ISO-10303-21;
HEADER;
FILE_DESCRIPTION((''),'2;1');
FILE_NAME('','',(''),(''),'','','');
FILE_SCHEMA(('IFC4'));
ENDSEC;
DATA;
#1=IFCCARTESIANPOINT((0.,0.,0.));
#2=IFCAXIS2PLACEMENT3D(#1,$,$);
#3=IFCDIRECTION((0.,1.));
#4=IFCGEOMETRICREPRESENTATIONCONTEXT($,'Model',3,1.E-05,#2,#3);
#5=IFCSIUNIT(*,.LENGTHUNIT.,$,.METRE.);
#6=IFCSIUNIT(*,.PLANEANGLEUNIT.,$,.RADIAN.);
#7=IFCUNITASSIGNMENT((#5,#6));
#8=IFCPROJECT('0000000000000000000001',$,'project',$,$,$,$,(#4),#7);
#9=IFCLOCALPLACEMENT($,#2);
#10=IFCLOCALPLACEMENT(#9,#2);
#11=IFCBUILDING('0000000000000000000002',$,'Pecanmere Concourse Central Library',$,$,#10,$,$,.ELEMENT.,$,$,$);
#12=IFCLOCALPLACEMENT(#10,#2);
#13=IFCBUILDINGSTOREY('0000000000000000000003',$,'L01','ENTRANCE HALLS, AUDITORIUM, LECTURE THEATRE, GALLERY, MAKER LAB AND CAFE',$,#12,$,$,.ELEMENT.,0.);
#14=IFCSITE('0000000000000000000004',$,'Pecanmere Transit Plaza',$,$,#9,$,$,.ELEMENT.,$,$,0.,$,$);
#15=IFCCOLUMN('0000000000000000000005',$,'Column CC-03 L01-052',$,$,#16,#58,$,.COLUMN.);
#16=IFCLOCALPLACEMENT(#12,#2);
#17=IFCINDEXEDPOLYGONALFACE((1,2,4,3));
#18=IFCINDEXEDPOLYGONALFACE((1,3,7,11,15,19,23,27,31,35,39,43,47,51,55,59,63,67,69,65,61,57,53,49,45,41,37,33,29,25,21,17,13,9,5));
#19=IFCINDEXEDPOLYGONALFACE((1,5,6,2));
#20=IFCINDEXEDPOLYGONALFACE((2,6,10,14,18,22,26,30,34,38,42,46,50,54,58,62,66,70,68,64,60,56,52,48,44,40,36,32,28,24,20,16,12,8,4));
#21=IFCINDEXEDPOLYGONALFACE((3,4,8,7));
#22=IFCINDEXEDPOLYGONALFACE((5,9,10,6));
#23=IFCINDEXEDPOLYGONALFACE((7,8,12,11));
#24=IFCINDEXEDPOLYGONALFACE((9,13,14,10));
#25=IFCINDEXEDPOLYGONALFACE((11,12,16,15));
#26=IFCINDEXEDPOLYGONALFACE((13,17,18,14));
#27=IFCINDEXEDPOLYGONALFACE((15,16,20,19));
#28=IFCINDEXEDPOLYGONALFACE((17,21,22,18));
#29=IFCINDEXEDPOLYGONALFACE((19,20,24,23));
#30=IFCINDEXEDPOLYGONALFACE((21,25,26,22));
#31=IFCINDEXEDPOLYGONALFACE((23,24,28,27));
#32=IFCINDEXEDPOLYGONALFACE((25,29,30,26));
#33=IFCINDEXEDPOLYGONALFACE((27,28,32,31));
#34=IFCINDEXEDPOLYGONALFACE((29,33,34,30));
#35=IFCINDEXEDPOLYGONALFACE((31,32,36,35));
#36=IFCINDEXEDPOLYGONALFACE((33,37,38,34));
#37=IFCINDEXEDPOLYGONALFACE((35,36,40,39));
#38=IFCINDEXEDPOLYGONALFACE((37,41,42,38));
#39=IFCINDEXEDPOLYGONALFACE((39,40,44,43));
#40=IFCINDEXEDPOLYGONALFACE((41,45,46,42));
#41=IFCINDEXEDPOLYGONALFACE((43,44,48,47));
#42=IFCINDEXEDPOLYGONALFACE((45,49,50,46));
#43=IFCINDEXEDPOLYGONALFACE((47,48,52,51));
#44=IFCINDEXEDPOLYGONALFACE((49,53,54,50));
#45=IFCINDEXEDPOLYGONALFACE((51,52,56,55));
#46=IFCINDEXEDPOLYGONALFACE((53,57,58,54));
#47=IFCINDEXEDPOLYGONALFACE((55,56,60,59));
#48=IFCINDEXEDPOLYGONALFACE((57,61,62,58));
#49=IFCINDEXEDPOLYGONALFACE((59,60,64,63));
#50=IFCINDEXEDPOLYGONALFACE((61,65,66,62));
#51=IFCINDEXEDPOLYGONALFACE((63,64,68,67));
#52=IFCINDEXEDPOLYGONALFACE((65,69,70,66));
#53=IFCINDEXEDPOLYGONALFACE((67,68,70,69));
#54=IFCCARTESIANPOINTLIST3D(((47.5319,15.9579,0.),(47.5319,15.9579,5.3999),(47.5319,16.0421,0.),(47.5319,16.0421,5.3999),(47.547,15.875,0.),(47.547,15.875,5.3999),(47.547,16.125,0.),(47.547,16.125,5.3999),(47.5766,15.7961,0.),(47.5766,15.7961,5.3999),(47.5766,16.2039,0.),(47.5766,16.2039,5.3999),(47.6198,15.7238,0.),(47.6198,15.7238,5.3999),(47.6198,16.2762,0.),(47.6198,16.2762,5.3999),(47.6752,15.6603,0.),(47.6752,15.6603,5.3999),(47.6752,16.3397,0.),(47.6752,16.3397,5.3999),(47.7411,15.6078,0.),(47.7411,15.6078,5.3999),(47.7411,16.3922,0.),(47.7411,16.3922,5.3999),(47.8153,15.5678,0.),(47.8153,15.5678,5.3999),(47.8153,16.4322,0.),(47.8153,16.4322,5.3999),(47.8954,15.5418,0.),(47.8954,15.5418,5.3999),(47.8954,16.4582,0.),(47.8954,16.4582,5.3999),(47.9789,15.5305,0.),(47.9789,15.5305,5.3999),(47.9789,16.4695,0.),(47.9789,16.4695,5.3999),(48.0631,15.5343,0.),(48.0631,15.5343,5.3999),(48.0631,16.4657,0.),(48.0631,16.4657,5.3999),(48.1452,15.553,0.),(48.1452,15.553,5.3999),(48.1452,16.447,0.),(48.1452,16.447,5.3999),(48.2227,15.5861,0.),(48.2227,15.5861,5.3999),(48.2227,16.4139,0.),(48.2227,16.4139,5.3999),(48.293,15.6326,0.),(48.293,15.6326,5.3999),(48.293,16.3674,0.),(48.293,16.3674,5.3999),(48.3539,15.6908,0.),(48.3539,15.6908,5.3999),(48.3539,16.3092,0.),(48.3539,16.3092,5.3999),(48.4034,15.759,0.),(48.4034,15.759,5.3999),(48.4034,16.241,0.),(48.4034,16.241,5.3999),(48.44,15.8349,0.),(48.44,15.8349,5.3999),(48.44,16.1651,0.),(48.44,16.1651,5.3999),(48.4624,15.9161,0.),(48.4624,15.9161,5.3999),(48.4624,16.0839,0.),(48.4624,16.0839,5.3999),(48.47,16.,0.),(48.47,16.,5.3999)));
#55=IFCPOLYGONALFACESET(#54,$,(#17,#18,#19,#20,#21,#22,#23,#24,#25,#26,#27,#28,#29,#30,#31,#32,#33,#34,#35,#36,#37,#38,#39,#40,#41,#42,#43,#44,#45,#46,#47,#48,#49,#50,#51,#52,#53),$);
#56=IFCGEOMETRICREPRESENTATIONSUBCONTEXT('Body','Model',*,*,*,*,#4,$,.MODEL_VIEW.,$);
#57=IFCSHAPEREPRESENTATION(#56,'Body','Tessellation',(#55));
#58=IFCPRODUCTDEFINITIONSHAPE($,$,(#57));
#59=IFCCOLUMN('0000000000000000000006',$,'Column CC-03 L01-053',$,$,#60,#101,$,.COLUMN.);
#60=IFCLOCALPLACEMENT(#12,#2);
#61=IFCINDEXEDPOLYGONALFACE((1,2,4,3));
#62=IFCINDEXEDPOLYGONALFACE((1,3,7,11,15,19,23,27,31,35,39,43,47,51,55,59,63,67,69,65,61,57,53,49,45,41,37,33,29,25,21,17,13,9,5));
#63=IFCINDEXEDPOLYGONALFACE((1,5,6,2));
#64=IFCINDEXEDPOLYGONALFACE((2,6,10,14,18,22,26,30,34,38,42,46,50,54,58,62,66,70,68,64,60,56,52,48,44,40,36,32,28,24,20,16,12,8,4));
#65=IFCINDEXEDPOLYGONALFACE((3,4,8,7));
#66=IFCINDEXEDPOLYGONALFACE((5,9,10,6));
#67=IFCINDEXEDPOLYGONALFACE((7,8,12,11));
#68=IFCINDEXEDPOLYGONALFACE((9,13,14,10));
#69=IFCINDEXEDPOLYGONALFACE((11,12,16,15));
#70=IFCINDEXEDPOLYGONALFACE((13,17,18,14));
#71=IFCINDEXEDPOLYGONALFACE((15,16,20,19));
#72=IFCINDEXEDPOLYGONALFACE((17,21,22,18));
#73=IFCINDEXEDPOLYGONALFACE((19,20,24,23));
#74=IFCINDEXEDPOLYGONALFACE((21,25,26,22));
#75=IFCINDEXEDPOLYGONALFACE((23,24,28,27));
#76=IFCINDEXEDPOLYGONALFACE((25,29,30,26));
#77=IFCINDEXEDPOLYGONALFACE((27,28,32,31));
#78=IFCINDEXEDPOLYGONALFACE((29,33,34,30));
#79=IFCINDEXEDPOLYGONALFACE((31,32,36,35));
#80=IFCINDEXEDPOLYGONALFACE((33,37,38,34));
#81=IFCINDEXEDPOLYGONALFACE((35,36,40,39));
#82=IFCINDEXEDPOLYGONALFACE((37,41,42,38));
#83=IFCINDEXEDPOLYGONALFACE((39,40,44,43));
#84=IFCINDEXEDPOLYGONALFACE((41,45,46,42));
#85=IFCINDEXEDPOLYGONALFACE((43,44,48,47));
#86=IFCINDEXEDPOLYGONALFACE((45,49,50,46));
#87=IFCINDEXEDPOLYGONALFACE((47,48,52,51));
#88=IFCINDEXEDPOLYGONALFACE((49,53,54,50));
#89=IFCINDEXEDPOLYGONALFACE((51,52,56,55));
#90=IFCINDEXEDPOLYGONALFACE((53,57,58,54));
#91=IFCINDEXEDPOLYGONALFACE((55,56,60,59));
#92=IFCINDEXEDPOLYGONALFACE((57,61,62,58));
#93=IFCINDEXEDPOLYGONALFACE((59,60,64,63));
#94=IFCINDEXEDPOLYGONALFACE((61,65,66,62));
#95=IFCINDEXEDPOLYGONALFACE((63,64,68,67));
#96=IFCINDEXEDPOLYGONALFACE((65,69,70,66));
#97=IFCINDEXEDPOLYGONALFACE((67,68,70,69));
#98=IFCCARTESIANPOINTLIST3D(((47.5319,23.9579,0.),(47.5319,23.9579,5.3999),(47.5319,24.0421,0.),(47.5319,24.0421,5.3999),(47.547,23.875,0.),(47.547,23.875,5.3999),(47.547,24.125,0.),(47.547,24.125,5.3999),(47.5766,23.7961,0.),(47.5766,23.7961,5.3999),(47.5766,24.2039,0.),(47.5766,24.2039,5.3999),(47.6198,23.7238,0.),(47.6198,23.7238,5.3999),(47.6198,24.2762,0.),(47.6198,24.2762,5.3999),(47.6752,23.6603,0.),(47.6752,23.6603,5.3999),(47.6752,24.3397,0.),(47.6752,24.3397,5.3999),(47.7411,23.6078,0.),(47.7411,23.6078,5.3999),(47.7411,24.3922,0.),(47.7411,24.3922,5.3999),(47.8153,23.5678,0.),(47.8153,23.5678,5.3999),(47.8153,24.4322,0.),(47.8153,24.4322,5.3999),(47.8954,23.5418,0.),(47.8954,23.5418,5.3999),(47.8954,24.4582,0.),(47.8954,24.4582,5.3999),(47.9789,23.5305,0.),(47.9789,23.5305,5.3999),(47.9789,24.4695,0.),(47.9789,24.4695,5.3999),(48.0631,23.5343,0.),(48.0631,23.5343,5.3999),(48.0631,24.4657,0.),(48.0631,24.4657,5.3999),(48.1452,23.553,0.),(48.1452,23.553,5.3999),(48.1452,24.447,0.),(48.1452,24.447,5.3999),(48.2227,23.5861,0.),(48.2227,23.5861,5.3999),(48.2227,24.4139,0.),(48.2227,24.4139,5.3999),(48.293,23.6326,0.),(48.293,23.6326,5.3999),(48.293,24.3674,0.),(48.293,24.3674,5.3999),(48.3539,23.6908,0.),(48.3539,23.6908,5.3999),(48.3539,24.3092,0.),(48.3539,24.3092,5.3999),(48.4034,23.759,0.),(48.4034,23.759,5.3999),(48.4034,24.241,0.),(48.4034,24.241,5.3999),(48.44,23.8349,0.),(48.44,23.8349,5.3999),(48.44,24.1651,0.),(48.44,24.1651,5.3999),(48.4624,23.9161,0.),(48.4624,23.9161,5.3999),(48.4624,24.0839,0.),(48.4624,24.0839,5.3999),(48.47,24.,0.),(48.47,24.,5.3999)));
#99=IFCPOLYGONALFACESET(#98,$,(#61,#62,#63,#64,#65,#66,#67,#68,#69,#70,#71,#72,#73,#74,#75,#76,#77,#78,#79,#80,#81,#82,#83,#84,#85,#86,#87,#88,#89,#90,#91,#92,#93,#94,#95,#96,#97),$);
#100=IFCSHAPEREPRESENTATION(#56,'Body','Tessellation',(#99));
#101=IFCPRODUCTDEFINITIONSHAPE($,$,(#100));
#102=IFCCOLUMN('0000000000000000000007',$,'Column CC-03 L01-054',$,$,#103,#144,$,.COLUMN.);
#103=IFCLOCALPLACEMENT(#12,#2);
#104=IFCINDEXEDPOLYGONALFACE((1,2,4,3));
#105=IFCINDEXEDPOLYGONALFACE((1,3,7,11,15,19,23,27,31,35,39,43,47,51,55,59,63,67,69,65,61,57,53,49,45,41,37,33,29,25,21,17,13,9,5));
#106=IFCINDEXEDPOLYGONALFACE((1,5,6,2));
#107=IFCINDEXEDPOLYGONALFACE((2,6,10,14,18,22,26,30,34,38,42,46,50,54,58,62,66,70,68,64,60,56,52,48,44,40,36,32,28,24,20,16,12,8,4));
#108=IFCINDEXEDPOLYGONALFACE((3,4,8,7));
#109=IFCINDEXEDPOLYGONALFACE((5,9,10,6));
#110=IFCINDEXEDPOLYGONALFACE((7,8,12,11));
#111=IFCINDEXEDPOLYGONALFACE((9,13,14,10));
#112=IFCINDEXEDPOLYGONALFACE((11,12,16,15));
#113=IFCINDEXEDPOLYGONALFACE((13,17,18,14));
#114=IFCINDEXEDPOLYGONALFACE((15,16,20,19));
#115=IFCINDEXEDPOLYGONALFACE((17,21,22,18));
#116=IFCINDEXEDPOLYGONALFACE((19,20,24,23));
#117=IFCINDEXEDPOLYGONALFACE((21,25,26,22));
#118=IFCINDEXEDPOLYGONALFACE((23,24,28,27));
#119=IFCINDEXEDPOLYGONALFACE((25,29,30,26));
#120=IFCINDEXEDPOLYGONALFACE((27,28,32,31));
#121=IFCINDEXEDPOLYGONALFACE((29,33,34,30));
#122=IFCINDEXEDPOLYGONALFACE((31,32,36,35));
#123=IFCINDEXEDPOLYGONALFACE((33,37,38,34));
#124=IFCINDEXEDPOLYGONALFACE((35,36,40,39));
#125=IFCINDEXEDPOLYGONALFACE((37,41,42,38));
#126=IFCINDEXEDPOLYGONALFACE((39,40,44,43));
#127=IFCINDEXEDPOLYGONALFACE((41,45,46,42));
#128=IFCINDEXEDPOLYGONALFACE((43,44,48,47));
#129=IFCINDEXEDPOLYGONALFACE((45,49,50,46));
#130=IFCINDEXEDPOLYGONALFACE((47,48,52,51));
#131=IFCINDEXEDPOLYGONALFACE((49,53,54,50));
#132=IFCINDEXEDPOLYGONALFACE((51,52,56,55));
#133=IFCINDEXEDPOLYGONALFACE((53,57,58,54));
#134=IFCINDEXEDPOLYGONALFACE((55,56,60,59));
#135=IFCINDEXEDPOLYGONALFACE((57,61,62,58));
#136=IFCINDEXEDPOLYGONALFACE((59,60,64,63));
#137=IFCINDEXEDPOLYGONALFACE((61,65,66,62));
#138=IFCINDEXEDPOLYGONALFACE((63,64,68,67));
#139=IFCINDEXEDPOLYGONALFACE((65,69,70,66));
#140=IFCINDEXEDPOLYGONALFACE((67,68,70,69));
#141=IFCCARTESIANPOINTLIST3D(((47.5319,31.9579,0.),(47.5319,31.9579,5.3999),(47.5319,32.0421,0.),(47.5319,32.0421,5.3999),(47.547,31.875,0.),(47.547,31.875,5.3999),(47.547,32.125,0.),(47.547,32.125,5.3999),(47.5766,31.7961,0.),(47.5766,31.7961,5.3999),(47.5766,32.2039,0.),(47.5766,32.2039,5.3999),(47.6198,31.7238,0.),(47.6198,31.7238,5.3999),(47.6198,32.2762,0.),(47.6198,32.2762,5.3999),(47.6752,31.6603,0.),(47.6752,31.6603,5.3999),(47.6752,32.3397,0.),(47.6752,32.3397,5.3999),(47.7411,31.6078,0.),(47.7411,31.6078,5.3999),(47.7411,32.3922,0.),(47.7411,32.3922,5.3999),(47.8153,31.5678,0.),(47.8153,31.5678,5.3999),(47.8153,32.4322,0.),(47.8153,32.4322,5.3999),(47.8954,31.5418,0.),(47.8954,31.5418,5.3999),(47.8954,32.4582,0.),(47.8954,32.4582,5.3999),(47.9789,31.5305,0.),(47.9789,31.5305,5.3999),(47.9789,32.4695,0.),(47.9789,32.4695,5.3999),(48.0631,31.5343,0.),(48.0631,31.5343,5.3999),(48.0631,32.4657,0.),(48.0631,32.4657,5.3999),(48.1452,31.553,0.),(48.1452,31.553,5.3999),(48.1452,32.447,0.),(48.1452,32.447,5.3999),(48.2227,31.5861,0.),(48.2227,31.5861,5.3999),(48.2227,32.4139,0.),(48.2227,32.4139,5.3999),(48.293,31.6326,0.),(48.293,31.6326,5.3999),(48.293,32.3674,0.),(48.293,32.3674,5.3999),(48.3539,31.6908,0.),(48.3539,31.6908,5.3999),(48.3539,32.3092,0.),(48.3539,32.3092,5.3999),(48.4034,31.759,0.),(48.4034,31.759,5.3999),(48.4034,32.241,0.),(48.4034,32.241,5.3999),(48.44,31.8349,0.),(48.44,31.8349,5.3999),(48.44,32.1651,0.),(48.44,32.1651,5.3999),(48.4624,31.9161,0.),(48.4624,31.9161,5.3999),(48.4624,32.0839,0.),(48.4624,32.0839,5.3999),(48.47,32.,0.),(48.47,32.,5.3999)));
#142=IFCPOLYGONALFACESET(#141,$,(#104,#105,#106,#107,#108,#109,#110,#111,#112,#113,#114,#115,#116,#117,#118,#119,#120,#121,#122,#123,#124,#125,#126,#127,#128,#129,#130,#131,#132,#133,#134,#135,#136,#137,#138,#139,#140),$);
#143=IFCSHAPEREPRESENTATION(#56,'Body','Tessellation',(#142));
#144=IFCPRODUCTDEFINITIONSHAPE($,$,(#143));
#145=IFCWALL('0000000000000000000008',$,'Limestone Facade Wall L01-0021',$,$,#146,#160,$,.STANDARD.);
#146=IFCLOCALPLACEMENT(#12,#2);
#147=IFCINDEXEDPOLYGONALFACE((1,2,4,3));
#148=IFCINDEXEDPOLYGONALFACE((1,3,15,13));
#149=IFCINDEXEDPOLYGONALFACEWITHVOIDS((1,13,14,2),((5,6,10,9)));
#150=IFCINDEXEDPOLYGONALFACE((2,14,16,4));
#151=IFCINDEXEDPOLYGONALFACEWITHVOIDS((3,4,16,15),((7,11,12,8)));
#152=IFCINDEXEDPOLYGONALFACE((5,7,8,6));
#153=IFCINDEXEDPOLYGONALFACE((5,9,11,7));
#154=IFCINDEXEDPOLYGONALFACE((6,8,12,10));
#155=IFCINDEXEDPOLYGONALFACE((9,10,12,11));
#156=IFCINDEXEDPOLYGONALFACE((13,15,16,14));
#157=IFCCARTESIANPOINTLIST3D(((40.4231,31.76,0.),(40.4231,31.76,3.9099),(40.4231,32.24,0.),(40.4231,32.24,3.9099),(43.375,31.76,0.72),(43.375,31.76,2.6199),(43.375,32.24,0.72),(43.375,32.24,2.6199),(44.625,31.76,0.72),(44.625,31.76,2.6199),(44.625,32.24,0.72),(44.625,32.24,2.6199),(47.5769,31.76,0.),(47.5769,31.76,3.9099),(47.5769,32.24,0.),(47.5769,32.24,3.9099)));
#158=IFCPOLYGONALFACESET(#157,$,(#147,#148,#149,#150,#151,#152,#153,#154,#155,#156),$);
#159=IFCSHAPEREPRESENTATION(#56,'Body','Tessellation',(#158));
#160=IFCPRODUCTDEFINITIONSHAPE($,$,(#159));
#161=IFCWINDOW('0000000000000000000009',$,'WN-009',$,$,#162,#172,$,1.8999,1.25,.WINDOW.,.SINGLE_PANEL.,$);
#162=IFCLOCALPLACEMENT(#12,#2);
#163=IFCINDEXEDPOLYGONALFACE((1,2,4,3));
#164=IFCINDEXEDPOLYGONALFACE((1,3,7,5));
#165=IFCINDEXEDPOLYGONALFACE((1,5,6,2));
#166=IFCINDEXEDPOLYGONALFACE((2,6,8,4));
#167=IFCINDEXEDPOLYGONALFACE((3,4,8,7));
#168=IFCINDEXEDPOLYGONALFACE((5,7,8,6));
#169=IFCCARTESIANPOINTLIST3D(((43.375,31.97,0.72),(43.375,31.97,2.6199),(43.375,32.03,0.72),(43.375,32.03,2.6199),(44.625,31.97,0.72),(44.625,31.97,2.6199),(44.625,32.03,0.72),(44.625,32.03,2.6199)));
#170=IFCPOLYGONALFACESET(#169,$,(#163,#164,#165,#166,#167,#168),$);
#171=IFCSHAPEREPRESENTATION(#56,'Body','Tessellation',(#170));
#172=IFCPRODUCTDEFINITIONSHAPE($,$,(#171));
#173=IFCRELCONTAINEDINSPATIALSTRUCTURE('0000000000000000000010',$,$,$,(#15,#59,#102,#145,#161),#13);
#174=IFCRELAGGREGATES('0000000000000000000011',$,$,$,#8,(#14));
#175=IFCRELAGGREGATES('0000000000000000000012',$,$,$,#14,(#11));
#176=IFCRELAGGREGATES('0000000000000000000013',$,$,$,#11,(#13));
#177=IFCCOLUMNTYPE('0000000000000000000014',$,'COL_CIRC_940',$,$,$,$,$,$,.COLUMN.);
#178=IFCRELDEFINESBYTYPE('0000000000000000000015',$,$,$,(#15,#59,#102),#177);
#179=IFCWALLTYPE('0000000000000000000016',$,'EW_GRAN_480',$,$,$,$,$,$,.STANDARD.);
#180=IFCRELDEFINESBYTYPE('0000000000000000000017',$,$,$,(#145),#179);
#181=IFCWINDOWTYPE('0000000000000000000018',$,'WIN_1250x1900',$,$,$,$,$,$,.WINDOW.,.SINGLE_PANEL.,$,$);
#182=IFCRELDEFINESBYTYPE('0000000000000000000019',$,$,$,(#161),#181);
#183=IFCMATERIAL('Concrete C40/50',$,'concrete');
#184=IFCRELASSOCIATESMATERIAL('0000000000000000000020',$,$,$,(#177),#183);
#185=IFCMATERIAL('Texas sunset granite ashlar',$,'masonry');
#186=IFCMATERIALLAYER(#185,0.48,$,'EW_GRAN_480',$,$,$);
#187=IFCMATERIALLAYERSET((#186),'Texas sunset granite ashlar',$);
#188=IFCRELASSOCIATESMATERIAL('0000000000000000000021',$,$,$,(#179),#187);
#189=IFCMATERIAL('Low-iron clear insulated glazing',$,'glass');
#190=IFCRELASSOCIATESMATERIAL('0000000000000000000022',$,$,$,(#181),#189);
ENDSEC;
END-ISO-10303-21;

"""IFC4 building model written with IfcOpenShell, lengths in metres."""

from ifc_helpers import new_model, si_unit, direction, frame, frame_2d, origin, origin_2d, place, context, subcontext, project, spatial, rectangle, circle, extrude, material, layer, layer_set, material_profile, profile_set, type_object, element, fill, save


model = new_model("IFC4")

# Units and contexts
model_context = context("Model", 3, precision=1e-05, world=origin(), true_north=direction((0.0, 1.0)))
body_context = subcontext(model_context, "Body", "Model", "MODEL_VIEW")
ifc_project = project(units=[si_unit("LENGTHUNIT", "METRE"), si_unit("PLANEANGLEUNIT", "RADIAN")], contexts=[model_context])

# Site, building, storey
site_placement = place(None, origin())
site = spatial("IfcSite", under=ifc_project, at=site_placement, Name="Pecanmere Transit Plaza", CompositionType="ELEMENT", RefElevation=0.0)
building_placement = place(site_placement, origin())
building = spatial("IfcBuilding", under=site, at=building_placement, Name="Pecanmere Concourse Central Library", CompositionType="ELEMENT")
storey_placement = place(building_placement, origin())
storey = spatial("IfcBuildingStorey", under=building, at=storey_placement, Name="L01", Description="ENTRANCE HALLS, AUDITORIUM, LECTURE THEATRE, GALLERY, MAKER LAB AND CAFE", CompositionType="ELEMENT", Elevation=0.0)

# Columns
ifc_material_1 = material(Name="Concrete C40/50", Category="concrete")
ifc_material_profile_1 = material_profile(ifc_material_1, circle(Radius=0.47, at=origin_2d()), Name="RC D940")
ifc_profile_set_1 = profile_set([ifc_material_profile_1], Name="Concrete C40/50")
column_type_1 = type_object("IfcColumnType", Name="COL_CIRC_940", PredefinedType="COLUMN", material=ifc_profile_set_1)
for number, where, z_axis, x_axis, name in (
    (1, (48.0, 16.0, 0.0), (0.0, 0.0, 1.0), (1.0, 0.0, 0.0), "Column CC-03 L01-052"),
    (2, (48.0, 24.0, 0.0), (0.0, 0.0, 1.0), (1.0, 0.0, 0.0), "Column CC-03 L01-053"),
    (3, (48.0, 32.0, 0.0), (0.0, 0.0, 1.0), (1.0, 0.0, 0.0), "Column CC-03 L01-054"),
):
    element("IfcColumn", number, at=place(storey_placement, frame(where, z_axis=z_axis, x_axis=x_axis)), inside=storey, type_object=column_type_1, Name=name, PredefinedType="COLUMN", context=body_context, shape_type="SweptSolid", body=[
        extrude(circle(Radius=0.47, at=origin_2d()), origin(), (0.0, 0.0, 1.0), 5.3999),
    ])

# Wall, opening, window
ifc_material_2 = material(Name="Texas sunset granite ashlar", Category="masonry")
ifc_layer_1 = layer(ifc_material_2, 0.48, Name="EW_GRAN_480")
ifc_layer_set_1 = layer_set([ifc_layer_1], Name="Texas sunset granite ashlar")
wall_type_1 = type_object("IfcWallType", Name="EW_GRAN_480", PredefinedType="STANDARD", material=ifc_layer_set_1)
wall_1_placement = place(storey_placement, frame((47.5769, 32.0, 0.0), z_axis=(0.0, 0.0, 1.0), x_axis=(-1.0, 0.0, 0.0)))
wall_1 = element("IfcWall", 4, at=wall_1_placement, inside=storey, type_object=wall_type_1, Name="Limestone Facade Wall L01-0021", PredefinedType="STANDARD", context=body_context, shape_type="SweptSolid", body=[
    extrude(rectangle(XDim=7.1538, YDim=0.48, at=frame_2d((3.5769, 0.0))), origin(), (0.0, 0.0, 1.0), 3.9099),
])
opening_1_placement = place(wall_1_placement, frame((2.9519, 0.0, 0.72)))
opening_1 = element("IfcOpeningElement", 5, at=opening_1_placement, cuts=wall_1, PredefinedType="OPENING", context=body_context, shape_type="SweptSolid", body=[
    extrude(rectangle(XDim=1.25, YDim=1.8999, at=frame_2d((0.625, 0.95))), frame((0.0, 0.252, 0.0), z_axis=(0.0, -1.0, 0.0), x_axis=(1.0, 0.0, 0.0)), (0.0, 0.0, 1.0), 0.5039),
])
ifc_material_3 = material(Name="Low-iron clear insulated glazing", Category="glass")
window_type_1 = type_object("IfcWindowType", Name="WIN_1250x1900", PartitioningType="SINGLE_PANEL", PredefinedType="WINDOW", material=ifc_material_3)
window_1_placement = place(opening_1_placement, origin())
window_1 = element("IfcWindow", 6, at=window_1_placement, inside=storey, type_object=window_type_1, Name="WN-009", OverallHeight=1.8999, OverallWidth=1.25, PartitioningType="SINGLE_PANEL", PredefinedType="WINDOW", context=body_context, shape_type="SweptSolid", body=[
    extrude(rectangle(XDim=1.25, YDim=1.8999, at=frame_2d((0.625, 0.95))), frame((0.0, 0.03, 0.0), z_axis=(0.0, -1.0, 0.0), x_axis=(1.0, 0.0, 0.0)), (0.0, 0.0, 1.0), 0.0601),
])
fill(opening_1, window_1)

save(model, "model.ifc")
